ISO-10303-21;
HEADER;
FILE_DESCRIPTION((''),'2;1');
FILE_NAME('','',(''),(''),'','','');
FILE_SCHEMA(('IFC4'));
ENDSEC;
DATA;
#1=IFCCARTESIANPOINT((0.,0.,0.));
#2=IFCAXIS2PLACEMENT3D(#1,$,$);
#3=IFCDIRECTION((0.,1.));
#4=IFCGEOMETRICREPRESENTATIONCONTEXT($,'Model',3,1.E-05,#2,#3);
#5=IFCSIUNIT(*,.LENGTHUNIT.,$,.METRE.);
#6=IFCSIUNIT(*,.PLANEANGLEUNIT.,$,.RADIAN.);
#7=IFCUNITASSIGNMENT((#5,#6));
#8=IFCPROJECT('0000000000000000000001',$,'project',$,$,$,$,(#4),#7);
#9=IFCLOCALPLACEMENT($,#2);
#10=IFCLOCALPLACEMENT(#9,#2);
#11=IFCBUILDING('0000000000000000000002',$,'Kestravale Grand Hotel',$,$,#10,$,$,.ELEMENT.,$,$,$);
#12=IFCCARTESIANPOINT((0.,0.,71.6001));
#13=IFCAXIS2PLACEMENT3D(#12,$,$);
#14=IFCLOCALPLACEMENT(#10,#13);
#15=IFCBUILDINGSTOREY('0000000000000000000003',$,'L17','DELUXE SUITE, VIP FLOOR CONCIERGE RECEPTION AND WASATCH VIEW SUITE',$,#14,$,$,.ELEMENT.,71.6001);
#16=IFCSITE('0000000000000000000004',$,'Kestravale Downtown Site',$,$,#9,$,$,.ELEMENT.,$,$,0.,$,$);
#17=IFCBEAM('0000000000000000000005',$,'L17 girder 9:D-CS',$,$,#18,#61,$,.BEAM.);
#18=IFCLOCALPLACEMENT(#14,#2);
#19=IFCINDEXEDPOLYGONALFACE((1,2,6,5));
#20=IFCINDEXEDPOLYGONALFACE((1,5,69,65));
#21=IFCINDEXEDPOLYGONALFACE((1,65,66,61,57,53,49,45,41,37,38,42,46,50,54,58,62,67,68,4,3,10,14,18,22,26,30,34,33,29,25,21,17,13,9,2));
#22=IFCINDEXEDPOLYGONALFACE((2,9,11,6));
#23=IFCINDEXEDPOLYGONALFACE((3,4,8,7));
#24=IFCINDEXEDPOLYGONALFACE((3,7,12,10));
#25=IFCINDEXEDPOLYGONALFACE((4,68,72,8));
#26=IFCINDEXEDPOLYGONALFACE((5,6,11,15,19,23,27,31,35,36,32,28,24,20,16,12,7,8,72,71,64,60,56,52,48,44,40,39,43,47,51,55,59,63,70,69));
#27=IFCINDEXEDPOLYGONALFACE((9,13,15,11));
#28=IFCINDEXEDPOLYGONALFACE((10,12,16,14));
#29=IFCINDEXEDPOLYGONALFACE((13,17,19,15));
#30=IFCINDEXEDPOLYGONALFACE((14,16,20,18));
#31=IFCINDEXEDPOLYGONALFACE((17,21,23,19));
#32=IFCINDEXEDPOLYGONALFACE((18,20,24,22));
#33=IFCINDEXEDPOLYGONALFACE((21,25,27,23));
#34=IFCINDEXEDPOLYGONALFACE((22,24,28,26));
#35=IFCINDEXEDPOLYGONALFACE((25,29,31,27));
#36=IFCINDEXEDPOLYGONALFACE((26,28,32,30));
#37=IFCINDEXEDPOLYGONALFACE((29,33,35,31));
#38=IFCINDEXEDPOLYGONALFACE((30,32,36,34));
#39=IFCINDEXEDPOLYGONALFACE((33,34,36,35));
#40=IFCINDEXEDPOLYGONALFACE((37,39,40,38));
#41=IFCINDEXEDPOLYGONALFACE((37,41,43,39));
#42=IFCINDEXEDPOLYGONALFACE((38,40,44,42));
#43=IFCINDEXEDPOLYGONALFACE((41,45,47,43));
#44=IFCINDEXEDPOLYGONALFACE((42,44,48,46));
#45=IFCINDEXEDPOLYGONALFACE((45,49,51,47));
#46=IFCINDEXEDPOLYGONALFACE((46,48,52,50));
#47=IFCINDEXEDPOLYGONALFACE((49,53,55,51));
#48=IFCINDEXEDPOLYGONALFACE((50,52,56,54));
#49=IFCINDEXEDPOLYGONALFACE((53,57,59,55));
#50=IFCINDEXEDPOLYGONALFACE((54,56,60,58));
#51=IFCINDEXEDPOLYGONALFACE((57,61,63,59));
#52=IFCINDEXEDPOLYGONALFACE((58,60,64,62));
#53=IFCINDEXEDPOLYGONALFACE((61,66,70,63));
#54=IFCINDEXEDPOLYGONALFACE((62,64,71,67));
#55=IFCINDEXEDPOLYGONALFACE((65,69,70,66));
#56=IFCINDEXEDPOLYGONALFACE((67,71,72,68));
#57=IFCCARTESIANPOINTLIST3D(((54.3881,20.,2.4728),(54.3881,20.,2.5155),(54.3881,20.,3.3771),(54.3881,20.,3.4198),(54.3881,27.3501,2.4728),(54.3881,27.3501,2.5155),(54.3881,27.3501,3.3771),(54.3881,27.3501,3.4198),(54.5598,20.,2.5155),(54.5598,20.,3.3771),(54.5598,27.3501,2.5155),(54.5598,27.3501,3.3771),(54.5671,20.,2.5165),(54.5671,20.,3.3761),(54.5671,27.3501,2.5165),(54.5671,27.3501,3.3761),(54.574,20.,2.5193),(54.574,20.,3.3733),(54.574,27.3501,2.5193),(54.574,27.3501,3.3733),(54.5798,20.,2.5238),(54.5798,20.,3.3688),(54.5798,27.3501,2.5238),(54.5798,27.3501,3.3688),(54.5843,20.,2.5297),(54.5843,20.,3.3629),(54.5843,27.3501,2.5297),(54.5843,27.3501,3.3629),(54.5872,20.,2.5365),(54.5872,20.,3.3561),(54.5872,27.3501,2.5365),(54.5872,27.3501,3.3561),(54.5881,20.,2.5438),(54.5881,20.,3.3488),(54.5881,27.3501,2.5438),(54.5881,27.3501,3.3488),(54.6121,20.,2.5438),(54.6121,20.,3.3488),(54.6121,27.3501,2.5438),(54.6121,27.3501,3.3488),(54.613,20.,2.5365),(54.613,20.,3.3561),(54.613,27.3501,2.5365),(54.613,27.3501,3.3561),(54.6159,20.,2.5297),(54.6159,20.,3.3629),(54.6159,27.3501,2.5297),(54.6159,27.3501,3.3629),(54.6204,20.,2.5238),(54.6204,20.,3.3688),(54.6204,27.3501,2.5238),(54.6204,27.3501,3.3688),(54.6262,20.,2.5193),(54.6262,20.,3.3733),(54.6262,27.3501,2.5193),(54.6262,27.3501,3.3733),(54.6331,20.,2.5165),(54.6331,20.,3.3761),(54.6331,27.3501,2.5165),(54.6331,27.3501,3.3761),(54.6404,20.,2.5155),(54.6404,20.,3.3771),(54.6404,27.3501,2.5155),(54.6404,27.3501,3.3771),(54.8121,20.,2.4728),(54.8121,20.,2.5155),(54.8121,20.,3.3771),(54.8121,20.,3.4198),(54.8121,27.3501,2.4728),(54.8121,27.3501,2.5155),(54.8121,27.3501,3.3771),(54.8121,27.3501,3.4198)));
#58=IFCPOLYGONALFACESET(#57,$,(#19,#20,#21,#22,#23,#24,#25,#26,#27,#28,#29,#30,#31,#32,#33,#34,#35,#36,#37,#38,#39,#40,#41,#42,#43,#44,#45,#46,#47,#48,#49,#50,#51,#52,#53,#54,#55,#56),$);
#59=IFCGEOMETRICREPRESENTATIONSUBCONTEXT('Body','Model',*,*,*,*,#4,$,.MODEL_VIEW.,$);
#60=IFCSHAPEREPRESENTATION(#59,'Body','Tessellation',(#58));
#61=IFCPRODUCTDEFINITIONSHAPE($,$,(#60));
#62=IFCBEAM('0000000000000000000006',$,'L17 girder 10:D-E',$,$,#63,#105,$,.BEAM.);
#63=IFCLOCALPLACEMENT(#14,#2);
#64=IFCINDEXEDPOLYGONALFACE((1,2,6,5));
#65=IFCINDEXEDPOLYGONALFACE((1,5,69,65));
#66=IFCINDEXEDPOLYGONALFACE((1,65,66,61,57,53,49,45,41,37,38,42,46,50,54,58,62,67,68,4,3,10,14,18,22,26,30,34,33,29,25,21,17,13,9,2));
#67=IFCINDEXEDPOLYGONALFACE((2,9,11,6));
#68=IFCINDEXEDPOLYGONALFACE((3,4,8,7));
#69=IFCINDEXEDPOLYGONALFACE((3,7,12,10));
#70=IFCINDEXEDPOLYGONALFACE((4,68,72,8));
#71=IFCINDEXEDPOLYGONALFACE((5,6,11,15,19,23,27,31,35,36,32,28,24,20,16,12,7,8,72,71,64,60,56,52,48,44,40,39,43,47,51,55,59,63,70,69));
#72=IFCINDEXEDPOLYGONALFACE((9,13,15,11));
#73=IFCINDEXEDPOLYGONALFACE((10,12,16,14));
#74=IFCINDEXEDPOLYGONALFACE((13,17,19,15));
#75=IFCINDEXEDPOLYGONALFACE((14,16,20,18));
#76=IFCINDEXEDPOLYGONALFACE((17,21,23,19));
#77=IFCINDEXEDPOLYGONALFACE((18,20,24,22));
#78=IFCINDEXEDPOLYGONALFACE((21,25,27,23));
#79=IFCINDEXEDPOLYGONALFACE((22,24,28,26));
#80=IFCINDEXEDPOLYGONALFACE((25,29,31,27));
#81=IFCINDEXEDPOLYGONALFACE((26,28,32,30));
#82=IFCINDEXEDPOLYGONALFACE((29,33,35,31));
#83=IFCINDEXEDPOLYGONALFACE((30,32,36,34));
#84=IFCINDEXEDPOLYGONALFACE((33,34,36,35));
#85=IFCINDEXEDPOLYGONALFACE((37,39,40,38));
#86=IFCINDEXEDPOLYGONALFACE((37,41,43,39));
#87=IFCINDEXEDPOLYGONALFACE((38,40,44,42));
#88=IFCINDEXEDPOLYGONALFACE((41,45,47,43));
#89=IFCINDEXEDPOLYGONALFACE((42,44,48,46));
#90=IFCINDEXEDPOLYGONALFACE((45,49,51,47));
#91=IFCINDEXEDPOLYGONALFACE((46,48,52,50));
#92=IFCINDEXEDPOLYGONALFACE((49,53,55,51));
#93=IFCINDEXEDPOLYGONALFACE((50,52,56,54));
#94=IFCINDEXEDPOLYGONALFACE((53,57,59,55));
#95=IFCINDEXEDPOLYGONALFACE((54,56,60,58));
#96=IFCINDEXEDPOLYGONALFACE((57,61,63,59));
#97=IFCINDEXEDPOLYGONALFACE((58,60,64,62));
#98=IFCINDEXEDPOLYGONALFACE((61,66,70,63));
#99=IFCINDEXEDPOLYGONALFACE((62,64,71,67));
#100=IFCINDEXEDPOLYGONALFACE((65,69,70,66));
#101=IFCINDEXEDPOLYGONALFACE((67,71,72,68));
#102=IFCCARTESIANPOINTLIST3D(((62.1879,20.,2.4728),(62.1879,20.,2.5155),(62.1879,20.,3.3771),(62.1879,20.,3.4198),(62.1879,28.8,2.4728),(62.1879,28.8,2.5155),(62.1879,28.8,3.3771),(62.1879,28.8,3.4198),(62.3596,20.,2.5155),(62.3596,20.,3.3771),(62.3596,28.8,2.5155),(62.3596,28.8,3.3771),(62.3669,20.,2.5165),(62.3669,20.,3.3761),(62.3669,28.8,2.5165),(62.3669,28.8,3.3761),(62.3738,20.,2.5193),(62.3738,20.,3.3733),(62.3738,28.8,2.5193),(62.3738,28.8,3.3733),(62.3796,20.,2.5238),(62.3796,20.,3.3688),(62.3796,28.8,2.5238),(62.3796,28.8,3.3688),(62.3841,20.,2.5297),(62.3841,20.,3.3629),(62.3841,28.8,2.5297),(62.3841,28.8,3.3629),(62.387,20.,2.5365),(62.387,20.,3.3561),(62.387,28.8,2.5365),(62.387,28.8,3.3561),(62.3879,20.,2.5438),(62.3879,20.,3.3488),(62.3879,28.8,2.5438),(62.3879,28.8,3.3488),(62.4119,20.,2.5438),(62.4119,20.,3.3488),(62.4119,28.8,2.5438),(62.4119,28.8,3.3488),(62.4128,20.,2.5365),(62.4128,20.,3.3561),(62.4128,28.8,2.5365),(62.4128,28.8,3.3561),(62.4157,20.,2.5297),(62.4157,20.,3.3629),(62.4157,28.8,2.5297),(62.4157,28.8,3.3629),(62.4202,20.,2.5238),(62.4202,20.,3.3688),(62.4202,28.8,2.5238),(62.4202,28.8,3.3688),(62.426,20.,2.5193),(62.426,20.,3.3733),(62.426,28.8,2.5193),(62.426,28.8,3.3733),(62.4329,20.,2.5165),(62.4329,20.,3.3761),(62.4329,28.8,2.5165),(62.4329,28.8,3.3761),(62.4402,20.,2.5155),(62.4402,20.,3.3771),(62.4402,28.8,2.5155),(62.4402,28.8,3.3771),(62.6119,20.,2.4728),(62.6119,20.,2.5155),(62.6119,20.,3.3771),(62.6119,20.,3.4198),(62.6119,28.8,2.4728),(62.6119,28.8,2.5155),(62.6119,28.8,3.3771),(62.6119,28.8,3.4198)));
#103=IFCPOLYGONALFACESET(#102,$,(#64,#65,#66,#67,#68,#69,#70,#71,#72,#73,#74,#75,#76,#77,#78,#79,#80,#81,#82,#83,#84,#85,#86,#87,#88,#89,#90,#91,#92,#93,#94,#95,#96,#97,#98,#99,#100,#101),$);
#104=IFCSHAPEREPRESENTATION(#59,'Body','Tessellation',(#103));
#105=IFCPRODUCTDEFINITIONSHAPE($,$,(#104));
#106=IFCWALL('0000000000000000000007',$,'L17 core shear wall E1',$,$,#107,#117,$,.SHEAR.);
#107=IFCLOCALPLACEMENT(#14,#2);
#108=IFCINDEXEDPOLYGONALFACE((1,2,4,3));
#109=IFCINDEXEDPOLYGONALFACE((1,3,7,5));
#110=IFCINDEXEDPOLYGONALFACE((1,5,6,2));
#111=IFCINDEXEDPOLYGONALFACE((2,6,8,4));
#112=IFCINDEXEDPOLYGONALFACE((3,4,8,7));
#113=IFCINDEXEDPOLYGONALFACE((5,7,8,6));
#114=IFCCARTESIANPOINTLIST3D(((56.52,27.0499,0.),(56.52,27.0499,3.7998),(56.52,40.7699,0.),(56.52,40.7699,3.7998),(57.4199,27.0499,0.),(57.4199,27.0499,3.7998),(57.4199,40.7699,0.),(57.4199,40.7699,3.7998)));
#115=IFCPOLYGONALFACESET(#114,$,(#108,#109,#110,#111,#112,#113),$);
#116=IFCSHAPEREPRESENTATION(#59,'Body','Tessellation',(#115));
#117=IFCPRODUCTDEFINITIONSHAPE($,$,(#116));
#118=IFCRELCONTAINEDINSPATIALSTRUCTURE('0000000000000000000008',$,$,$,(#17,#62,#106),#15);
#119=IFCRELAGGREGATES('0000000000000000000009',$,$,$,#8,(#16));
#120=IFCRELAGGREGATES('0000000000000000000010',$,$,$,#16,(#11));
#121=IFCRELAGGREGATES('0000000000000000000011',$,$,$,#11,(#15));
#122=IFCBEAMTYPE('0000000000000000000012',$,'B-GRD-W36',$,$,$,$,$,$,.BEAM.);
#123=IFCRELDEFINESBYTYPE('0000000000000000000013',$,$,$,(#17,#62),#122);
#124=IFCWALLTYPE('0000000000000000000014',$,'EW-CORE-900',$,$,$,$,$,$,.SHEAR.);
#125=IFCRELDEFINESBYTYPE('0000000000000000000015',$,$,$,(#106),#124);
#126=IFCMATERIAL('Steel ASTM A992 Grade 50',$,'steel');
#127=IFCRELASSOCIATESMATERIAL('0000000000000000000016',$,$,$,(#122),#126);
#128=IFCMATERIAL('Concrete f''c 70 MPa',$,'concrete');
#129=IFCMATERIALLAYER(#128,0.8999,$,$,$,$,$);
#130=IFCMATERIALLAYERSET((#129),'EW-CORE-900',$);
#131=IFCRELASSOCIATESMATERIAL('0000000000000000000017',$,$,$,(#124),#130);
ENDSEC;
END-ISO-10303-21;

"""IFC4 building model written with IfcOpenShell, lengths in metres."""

from ifc_helpers import new_model, si_unit, direction, frame, frame_2d, origin, origin_2d, place, context, subcontext, project, spatial, rectangle, i_section, extrude, material, layer, layer_set, material_profile, profile_set, type_object, element, save


model = new_model("IFC4")

# Units and contexts
model_context = context("Model", 3, precision=1e-05, world=origin(), true_north=direction((0.0, 1.0)))
body_context = subcontext(model_context, "Body", "Model", "MODEL_VIEW")
ifc_project = project(units=[si_unit("LENGTHUNIT", "METRE"), si_unit("PLANEANGLEUNIT", "RADIAN")], contexts=[model_context])

# Site, building, storey
site_placement = place(None, origin())
site = spatial("IfcSite", under=ifc_project, at=site_placement, Name="Kestravale Downtown Site", CompositionType="ELEMENT", RefElevation=0.0)
building_placement = place(site_placement, origin())
building = spatial("IfcBuilding", under=site, at=building_placement, Name="Kestravale Grand Hotel", CompositionType="ELEMENT")
storey_placement = place(building_placement, frame((0.0, 0.0, 71.6001)))
storey = spatial("IfcBuildingStorey", under=building, at=storey_placement, Name="L17", Description="DELUXE SUITE, VIP FLOOR CONCIERGE RECEPTION AND WASATCH VIEW SUITE", CompositionType="ELEMENT", Elevation=71.6001)

# Beams
ifc_material_1 = material(Name="Steel ASTM A992 Grade 50", Category="steel")
ifc_material_profile_1 = material_profile(ifc_material_1, i_section(OverallWidth=0.4241, OverallDepth=0.947, WebThickness=0.0239, FlangeThickness=0.0427, FilletRadius=0.0283, at=origin_2d()))
ifc_profile_set_1 = profile_set([ifc_material_profile_1], Name="Steel ASTM A992 Grade 50")
beam_type_1 = type_object("IfcBeamType", Name="B-GRD-W36", PredefinedType="BEAM", material=ifc_profile_set_1)
beam_1_placement = place(storey_placement, frame((54.6001, 20.0, 2.9463), z_axis=(0.0, 1.0, 0.0), x_axis=(-1.0, 0.0, 0.0)))
element("IfcBeam", 1, at=beam_1_placement, inside=storey, type_object=beam_type_1, Name="L17 girder 9:D-CS", PredefinedType="BEAM", context=body_context, shape_type="SweptSolid", body=[
    extrude(i_section(OverallWidth=0.4241, OverallDepth=0.947, WebThickness=0.0239, FlangeThickness=0.0427, FilletRadius=0.0283, at=origin_2d()), origin(), (0.0, 0.0, 1.0), 7.3501),
])
beam_2_placement = place(storey_placement, frame((62.3999, 20.0, 2.9463), z_axis=(0.0, 1.0, 0.0), x_axis=(-1.0, 0.0, 0.0)))
element("IfcBeam", 2, at=beam_2_placement, inside=storey, type_object=beam_type_1, Name="L17 girder 10:D-E", PredefinedType="BEAM", context=body_context, shape_type="SweptSolid", body=[
    extrude(i_section(OverallWidth=0.4241, OverallDepth=0.947, WebThickness=0.0239, FlangeThickness=0.0427, FilletRadius=0.0283, at=origin_2d()), origin(), (0.0, 0.0, 1.0), 8.8),
])

# Wall
ifc_material_2 = material(Name="Concrete f'c 70 MPa", Category="concrete")
ifc_layer_1 = layer(ifc_material_2, 0.8999)
ifc_layer_set_1 = layer_set([ifc_layer_1], Name="EW-CORE-900")
wall_type_1 = type_object("IfcWallType", Name="EW-CORE-900", PredefinedType="SHEAR", material=ifc_layer_set_1)
wall_1_placement = place(storey_placement, frame((56.97, 27.05, 0.0), z_axis=(0.0, 0.0, 1.0), x_axis=(0.0, 1.0, 0.0)))
element("IfcWall", 3, at=wall_1_placement, inside=storey, type_object=wall_type_1, Name="L17 core shear wall E1", PredefinedType="SHEAR", context=body_context, shape_type="SweptSolid", body=[
    extrude(rectangle(XDim=13.72, YDim=0.8999, at=frame_2d((6.8599, 0.0))), origin(), (0.0, 0.0, 1.0), 3.7998),
])

save(model, "model.ifc")
